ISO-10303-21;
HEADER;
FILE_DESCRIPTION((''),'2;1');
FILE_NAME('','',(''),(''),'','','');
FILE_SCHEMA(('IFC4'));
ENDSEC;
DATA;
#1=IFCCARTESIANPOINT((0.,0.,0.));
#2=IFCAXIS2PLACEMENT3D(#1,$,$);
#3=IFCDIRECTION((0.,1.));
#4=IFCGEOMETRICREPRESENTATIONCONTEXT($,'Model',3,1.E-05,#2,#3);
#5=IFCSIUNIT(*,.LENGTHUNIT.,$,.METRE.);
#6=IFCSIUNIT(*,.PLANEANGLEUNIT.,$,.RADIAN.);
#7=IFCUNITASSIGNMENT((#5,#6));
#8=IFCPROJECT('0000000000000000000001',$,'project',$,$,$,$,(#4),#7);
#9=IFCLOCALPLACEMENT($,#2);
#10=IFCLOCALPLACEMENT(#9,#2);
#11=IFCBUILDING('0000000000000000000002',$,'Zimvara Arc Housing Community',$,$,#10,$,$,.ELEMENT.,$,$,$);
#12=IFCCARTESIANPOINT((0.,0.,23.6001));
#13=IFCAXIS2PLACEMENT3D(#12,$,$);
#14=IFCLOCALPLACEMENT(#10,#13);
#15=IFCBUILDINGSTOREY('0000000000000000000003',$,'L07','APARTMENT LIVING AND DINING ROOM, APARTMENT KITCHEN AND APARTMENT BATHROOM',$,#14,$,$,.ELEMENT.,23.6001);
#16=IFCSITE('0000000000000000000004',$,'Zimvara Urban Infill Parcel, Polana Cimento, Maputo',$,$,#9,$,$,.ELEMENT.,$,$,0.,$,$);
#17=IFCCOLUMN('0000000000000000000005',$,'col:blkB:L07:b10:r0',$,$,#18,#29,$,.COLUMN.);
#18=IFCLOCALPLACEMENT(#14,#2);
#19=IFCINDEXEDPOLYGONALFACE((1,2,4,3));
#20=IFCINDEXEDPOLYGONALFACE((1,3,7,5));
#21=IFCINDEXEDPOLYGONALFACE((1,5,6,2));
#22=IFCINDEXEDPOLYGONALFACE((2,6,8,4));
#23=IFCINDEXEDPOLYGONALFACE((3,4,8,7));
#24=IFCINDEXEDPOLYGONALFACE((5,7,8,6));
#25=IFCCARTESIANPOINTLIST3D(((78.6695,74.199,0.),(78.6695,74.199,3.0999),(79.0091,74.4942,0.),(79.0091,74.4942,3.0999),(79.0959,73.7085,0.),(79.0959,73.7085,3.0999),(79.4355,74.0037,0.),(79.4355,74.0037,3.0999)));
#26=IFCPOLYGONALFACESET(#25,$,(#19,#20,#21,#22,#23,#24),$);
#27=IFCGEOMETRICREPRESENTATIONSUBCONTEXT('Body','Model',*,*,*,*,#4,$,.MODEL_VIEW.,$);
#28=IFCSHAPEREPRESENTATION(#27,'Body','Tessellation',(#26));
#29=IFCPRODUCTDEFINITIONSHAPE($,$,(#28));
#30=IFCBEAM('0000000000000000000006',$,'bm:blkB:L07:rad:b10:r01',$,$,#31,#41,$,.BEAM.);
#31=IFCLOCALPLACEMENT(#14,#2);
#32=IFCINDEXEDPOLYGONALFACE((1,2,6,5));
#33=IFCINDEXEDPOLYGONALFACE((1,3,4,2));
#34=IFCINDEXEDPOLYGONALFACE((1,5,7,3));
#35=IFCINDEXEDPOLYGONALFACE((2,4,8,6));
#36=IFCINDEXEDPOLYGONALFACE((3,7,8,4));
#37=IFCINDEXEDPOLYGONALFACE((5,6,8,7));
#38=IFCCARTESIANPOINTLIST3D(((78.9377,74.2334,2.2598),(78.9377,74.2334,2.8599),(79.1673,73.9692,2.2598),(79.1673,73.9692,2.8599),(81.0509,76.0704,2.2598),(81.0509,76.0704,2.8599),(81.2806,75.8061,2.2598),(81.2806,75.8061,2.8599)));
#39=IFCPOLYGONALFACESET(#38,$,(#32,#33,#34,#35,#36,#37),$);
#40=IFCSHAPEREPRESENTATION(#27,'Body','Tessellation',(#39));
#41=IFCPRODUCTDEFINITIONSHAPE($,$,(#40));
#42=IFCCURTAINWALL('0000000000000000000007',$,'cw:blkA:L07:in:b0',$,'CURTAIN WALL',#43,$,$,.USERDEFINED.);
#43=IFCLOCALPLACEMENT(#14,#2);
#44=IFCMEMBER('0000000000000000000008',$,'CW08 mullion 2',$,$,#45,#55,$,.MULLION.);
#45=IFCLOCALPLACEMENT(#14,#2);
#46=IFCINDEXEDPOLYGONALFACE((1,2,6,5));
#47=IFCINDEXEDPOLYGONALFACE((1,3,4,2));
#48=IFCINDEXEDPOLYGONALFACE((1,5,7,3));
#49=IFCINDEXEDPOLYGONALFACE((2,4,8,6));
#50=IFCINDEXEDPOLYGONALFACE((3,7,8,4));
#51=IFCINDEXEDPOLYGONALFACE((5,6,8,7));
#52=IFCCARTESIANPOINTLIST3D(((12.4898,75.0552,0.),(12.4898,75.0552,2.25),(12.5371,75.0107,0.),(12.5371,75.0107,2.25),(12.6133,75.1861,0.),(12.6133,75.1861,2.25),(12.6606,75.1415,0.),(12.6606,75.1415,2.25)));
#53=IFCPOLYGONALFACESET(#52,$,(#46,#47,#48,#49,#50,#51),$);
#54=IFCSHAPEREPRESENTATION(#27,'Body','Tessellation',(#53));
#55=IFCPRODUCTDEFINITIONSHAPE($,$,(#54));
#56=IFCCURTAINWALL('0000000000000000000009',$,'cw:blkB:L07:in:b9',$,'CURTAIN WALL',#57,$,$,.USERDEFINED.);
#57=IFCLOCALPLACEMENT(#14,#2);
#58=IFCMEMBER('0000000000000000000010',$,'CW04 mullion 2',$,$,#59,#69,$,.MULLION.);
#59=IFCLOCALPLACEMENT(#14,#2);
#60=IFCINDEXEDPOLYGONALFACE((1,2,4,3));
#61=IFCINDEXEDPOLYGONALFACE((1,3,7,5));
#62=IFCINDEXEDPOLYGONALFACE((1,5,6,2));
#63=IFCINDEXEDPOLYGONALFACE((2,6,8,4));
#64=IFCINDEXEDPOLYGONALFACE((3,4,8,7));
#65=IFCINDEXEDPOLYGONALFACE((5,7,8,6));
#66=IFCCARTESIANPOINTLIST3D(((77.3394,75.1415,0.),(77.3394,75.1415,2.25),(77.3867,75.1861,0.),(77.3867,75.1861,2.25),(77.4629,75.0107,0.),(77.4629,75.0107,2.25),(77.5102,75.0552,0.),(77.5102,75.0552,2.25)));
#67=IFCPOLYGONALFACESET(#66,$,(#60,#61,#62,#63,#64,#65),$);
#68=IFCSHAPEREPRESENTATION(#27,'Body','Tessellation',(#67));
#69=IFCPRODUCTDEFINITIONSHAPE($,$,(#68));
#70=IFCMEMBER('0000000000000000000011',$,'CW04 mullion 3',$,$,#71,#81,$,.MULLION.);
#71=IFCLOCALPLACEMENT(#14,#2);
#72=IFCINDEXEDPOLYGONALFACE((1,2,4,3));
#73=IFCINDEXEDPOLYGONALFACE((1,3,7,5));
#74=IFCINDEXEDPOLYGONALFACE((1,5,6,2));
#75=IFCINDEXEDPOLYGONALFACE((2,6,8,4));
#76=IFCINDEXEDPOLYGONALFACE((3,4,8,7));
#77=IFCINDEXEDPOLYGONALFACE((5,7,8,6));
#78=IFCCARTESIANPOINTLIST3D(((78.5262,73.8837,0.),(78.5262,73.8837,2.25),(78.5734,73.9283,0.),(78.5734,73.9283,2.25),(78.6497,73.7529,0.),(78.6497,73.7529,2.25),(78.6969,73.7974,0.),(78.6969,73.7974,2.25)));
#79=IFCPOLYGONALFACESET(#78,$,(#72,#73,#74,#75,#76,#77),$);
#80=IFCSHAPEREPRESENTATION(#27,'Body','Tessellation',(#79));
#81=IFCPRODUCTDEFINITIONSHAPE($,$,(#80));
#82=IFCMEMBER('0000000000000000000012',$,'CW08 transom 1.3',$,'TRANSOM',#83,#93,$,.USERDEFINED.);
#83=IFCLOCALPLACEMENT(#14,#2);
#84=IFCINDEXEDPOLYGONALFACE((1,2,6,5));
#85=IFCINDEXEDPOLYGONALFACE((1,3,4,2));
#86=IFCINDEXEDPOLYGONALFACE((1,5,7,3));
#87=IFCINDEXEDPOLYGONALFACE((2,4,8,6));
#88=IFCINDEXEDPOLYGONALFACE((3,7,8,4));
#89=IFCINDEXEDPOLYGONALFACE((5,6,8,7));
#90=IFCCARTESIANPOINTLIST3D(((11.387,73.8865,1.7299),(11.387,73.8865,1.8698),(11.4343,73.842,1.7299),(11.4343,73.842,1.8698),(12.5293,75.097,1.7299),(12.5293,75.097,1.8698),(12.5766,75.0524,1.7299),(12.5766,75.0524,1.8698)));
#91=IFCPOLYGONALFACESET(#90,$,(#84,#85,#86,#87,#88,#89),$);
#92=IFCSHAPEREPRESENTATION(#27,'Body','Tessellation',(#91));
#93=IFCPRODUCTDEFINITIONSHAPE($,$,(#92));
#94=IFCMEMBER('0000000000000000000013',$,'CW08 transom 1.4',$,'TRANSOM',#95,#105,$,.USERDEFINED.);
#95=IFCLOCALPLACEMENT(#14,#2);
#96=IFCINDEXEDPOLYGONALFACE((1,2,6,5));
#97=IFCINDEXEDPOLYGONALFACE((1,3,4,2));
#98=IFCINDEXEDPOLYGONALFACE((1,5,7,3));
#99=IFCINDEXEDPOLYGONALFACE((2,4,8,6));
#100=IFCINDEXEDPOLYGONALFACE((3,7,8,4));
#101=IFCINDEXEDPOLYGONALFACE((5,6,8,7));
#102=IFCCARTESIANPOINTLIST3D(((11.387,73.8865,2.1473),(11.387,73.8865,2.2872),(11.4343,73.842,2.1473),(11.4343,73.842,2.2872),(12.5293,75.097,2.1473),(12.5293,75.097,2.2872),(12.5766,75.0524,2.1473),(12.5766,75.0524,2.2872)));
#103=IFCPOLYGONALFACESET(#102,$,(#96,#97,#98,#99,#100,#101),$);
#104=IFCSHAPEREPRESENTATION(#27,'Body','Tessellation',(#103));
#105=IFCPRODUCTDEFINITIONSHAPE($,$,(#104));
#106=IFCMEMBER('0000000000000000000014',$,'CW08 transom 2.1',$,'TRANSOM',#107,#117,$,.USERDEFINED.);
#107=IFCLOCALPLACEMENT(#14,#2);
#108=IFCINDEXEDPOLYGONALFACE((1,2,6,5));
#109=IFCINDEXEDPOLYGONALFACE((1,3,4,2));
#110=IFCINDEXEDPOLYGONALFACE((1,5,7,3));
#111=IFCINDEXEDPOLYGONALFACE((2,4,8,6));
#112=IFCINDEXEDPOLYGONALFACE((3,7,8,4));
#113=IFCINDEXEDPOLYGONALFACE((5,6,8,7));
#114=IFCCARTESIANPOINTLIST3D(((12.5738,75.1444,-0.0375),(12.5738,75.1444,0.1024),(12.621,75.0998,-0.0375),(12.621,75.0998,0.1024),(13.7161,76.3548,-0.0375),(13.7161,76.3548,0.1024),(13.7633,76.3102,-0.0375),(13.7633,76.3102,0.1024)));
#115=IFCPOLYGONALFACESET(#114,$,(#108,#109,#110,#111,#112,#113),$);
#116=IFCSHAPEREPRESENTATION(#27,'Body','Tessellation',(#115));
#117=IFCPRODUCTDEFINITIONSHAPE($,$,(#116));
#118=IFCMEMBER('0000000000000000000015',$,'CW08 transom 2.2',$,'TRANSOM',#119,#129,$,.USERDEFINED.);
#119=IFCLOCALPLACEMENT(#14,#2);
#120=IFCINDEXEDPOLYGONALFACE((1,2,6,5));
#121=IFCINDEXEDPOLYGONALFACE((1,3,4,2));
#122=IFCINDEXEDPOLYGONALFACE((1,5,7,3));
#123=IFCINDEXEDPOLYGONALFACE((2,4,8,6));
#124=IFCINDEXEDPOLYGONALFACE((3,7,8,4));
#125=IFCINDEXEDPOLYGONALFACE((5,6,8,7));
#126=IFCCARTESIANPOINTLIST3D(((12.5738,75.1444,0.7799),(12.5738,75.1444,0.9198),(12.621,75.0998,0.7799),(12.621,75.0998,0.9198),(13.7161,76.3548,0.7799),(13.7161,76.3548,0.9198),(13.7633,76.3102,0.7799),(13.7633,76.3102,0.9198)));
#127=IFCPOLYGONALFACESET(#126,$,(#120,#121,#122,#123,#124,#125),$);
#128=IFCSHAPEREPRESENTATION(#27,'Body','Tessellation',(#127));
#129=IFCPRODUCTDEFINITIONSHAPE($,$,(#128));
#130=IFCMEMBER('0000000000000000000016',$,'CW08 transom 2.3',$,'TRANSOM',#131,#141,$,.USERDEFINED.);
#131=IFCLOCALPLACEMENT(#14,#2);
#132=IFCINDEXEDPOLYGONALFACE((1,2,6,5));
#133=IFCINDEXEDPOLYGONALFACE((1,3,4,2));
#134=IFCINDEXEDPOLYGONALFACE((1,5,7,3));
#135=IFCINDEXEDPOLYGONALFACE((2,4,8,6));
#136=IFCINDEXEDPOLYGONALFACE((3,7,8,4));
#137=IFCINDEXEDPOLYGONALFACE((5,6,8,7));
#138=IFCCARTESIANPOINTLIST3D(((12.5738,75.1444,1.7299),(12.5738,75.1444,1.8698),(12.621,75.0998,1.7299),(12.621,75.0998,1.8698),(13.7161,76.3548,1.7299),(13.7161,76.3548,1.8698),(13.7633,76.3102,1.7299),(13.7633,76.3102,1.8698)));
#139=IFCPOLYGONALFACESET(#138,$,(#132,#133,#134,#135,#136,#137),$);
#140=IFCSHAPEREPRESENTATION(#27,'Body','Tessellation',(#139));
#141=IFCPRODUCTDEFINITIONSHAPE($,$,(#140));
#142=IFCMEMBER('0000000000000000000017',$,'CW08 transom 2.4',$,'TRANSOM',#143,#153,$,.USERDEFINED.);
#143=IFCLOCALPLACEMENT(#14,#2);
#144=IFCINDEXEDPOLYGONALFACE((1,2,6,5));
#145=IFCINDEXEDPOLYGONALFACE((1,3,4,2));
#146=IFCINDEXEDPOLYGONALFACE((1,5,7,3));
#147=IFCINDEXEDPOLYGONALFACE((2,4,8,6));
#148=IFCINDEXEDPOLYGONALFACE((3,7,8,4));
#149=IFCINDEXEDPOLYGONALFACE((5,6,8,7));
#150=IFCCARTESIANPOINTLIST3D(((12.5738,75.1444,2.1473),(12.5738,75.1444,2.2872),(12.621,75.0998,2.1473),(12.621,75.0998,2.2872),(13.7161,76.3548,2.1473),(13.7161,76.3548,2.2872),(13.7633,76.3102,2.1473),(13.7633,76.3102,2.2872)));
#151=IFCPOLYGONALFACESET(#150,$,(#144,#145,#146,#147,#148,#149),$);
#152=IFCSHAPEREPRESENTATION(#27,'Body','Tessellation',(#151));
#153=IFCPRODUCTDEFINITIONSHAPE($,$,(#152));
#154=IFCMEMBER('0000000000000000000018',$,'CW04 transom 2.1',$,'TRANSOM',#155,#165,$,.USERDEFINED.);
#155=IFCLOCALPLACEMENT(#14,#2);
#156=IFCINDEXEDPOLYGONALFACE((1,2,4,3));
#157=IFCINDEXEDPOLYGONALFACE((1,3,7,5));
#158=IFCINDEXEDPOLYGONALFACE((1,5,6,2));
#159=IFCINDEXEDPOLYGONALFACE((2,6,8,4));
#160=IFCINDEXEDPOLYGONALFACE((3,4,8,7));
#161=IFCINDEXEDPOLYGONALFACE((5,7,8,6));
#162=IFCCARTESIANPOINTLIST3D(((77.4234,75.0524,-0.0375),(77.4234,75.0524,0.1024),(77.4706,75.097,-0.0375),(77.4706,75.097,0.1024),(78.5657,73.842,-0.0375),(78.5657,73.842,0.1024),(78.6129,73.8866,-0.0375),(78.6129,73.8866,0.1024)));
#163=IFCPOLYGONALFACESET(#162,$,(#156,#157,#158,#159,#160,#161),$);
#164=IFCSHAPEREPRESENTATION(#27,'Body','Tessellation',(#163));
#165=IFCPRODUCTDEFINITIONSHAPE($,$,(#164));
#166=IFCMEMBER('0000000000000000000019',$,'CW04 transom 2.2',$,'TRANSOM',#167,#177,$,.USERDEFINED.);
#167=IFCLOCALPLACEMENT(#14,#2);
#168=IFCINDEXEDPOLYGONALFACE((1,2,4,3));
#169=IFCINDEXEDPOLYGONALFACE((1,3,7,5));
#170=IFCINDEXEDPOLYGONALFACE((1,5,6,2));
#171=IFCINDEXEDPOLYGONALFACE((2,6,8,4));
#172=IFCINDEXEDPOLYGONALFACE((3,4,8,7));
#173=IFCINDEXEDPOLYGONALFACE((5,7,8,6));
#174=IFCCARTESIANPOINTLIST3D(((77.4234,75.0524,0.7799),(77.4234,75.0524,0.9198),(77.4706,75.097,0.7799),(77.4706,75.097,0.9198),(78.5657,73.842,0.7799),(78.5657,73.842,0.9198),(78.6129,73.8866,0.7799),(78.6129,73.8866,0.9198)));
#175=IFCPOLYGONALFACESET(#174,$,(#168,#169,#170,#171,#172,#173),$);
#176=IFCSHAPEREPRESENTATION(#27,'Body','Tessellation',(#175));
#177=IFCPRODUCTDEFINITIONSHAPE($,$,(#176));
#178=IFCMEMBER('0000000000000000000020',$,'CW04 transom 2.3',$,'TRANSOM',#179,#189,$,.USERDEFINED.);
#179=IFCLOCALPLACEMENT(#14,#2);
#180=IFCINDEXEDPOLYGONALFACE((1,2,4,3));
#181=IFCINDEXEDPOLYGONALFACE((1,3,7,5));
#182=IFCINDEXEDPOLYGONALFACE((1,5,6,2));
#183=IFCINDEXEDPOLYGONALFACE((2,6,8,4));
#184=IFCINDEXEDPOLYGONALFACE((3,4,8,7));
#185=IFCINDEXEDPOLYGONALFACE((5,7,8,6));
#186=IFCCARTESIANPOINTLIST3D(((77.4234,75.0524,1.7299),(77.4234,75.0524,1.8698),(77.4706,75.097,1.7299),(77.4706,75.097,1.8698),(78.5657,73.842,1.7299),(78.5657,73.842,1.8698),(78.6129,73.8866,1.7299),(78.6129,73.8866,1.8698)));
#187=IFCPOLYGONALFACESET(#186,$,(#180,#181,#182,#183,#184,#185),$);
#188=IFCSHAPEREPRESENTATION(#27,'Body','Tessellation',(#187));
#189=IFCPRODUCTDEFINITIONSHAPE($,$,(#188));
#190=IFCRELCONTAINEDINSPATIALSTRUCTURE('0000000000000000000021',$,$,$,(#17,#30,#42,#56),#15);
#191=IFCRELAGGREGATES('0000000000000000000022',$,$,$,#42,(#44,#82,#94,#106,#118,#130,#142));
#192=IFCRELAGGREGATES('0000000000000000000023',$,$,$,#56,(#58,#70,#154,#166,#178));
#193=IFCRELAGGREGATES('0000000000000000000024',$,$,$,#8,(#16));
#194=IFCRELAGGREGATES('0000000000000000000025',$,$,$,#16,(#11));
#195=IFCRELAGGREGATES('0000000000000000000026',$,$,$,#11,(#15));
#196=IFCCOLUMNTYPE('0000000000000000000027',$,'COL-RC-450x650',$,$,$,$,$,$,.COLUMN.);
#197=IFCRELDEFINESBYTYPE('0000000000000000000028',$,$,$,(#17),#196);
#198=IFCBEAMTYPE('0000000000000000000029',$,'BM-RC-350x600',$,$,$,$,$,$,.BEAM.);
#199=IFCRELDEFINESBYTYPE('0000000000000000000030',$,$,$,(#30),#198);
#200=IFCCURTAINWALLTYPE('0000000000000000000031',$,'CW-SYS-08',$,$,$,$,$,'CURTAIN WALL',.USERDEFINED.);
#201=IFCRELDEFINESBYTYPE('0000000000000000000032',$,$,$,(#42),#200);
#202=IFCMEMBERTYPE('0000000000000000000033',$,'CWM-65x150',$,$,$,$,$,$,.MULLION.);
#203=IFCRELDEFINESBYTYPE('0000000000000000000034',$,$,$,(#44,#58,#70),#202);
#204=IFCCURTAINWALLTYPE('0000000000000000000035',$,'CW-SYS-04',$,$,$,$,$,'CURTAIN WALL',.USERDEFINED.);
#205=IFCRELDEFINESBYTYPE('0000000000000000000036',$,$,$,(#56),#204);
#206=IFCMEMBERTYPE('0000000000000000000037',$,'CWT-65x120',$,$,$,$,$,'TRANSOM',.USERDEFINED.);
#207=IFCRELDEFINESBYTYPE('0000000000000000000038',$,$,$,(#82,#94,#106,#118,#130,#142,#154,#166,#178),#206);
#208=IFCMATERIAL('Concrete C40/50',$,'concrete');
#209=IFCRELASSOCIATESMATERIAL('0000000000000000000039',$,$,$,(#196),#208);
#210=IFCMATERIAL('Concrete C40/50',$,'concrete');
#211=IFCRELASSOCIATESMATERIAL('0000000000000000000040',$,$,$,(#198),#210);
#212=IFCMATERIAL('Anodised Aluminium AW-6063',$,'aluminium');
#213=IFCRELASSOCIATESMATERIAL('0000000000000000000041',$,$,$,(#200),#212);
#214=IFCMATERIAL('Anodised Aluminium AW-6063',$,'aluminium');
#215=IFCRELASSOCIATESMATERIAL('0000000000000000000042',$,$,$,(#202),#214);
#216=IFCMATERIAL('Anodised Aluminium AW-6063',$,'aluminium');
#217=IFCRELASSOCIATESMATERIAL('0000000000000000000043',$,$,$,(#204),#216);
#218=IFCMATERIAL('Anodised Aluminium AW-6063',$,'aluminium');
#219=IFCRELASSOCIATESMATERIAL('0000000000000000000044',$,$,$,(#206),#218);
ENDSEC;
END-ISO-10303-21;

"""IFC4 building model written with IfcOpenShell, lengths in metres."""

from ifc_helpers import new_model, si_unit, direction, frame, origin, origin_2d, place, context, subcontext, project, spatial, rectangle, extrude, material, material_profile, profile_set, type_object, element, aggregate, save


model = new_model("IFC4")

# Units and contexts
model_context = context("Model", 3, precision=1e-05, world=origin(), true_north=direction((0.0, 1.0)))
body_context = subcontext(model_context, "Body", "Model", "MODEL_VIEW")
ifc_project = project(units=[si_unit("LENGTHUNIT", "METRE"), si_unit("PLANEANGLEUNIT", "RADIAN")], contexts=[model_context])

# Site, building, storey
site_placement = place(None, origin())
site = spatial("IfcSite", under=ifc_project, at=site_placement, Name="Zimvara Urban Infill Parcel, Polana Cimento, Maputo", CompositionType="ELEMENT", RefElevation=0.0)
building_placement = place(site_placement, origin())
building = spatial("IfcBuilding", under=site, at=building_placement, Name="Zimvara Arc Housing Community", CompositionType="ELEMENT")
storey_placement = place(building_placement, frame((0.0, 0.0, 23.6001)))
storey = spatial("IfcBuildingStorey", under=building, at=storey_placement, Name="L07", Description="APARTMENT LIVING AND DINING ROOM, APARTMENT KITCHEN AND APARTMENT BATHROOM", CompositionType="ELEMENT", Elevation=23.6001)

# Column
ifc_material_1 = material(Name="Concrete C40/50", Category="concrete")
ifc_material_profile_1 = material_profile(ifc_material_1, rectangle(XDim=0.45, YDim=0.6499, at=origin_2d()), Name="RC 450x650")
ifc_profile_set_1 = profile_set([ifc_material_profile_1], Name="Concrete C40/50")
column_type = type_object("IfcColumnType", Name="COL-RC-450x650", PredefinedType="COLUMN", material=ifc_profile_set_1)
column_placement = place(storey_placement, frame((79.0525, 74.1013, 0.0), z_axis=(0.0, 0.0, 1.0), x_axis=(0.75471, 0.656059, 0.0)))
element("IfcColumn", 1, at=column_placement, inside=storey, type_object=column_type, Name="col:blkB:L07:b10:r0", PredefinedType="COLUMN", context=body_context, shape_type="SweptSolid", body=[
    extrude(rectangle(XDim=0.45, YDim=0.6499, at=origin_2d()), origin(), (0.0, 0.0, 1.0), 3.0999),
])

# Beam
ifc_material_2 = material(Name="Concrete C40/50", Category="concrete")
ifc_material_profile_2 = material_profile(ifc_material_2, rectangle(XDim=0.3501, YDim=0.6001, at=origin_2d()), Name="RC 350x600")
ifc_profile_set_2 = profile_set([ifc_material_profile_2], Name="Concrete C40/50")
beam_type = type_object("IfcBeamType", Name="BM-RC-350x600", PredefinedType="BEAM", material=ifc_profile_set_2)
beam_placement = place(storey_placement, frame((79.0525, 74.1013, 2.5598), z_axis=(0.754733, 0.656032, 0.0), x_axis=(-0.656032, 0.754733, 0.0)))
element("IfcBeam", 2, at=beam_placement, inside=storey, type_object=beam_type, Name="bm:blkB:L07:rad:b10:r01", PredefinedType="BEAM", context=body_context, shape_type="SweptSolid", body=[
    extrude(rectangle(XDim=0.3501, YDim=0.6001, at=origin_2d()), origin(), (0.0, 0.0, 1.0), 2.8),
])

# Curtain wall, member
ifc_material_3 = material(Name="Anodised Aluminium AW-6063", Category="aluminium")
curtain_wall_type_1 = type_object("IfcCurtainWallType", Name="CW-SYS-08", ElementType="CURTAIN WALL", PredefinedType="USERDEFINED", material=ifc_material_3)
curtain_wall_1_placement = place(storey_placement, origin())
curtain_wall_1 = element("IfcCurtainWall", 3, at=curtain_wall_1_placement, inside=storey, type_object=curtain_wall_type_1, Name="cw:blkA:L07:in:b0", ObjectType="CURTAIN WALL", PredefinedType="USERDEFINED")
ifc_material_4 = material(Name="Anodised Aluminium AW-6063", Category="aluminium")
ifc_material_profile_3 = material_profile(ifc_material_4, rectangle(XDim=0.0649, YDim=0.1799, at=origin_2d()), Name="ALU 65x180")
ifc_profile_set_3 = profile_set([ifc_material_profile_3], Name="Anodised Aluminium AW-6063")
member_type_1 = type_object("IfcMemberType", Name="CWM-65x150", PredefinedType="MULLION", material=ifc_profile_set_3)
member_1_placement = place(storey_placement, frame((12.5752, 75.0984, 0.0), z_axis=(0.0, 0.0, 1.0), x_axis=(-0.727293, 0.686327, 0.0)))
member_1 = element("IfcMember", 4, at=member_1_placement, type_object=member_type_1, Name="CW08 mullion 2", PredefinedType="MULLION", context=body_context, shape_type="SweptSolid", body=[
    extrude(rectangle(XDim=0.0649, YDim=0.1799, at=origin_2d()), origin(), (0.0, 0.0, 1.0), 2.25),
])

# Curtain wall, members
ifc_material_5 = material(Name="Anodised Aluminium AW-6063", Category="aluminium")
curtain_wall_type_2 = type_object("IfcCurtainWallType", Name="CW-SYS-04", ElementType="CURTAIN WALL", PredefinedType="USERDEFINED", material=ifc_material_5)
curtain_wall_2_placement = place(storey_placement, origin())
curtain_wall_2 = element("IfcCurtainWall", 5, at=curtain_wall_2_placement, inside=storey, type_object=curtain_wall_type_2, Name="cw:blkB:L07:in:b9", ObjectType="CURTAIN WALL", PredefinedType="USERDEFINED")
member_2_placement = place(storey_placement, frame((77.4248, 75.0984, 0.0), z_axis=(0.0, 0.0, 1.0), x_axis=(0.727293, 0.686327, 0.0)))
member_2 = element("IfcMember", 6, at=member_2_placement, type_object=member_type_1, Name="CW04 mullion 2", PredefinedType="MULLION", context=body_context, shape_type="SweptSolid", body=[
    extrude(rectangle(XDim=0.0649, YDim=0.1799, at=origin_2d()), origin(), (0.0, 0.0, 1.0), 2.25),
])
member_3_placement = place(storey_placement, frame((78.6116, 73.8406, 0.0), z_axis=(0.0, 0.0, 1.0), x_axis=(0.727293, 0.686327, 0.0)))
member_3 = element("IfcMember", 7, at=member_3_placement, type_object=member_type_1, Name="CW04 mullion 3", PredefinedType="MULLION", context=body_context, shape_type="SweptSolid", body=[
    extrude(rectangle(XDim=0.0649, YDim=0.1799, at=origin_2d()), origin(), (0.0, 0.0, 1.0), 2.25),
])

# Members
ifc_material_6 = material(Name="Anodised Aluminium AW-6063", Category="aluminium")
ifc_material_profile_4 = material_profile(ifc_material_6, rectangle(XDim=0.0649, YDim=0.1399, at=origin_2d()), Name="ALU 65x140")
ifc_profile_set_4 = profile_set([ifc_material_profile_4], Name="Anodised Aluminium AW-6063")
member_type_2 = type_object("IfcMemberType", Name="CWT-65x120", ElementType="TRANSOM", PredefinedType="USERDEFINED", material=ifc_profile_set_4)
member_4_placement = place(storey_placement, frame((11.4106, 73.8643, 1.7998), z_axis=(0.686348, 0.727273, 0.0), x_axis=(-0.727273, 0.686348, 0.0)))
member_4 = element("IfcMember", 8, at=member_4_placement, type_object=member_type_2, Name="CW08 transom 1.3", ObjectType="TRANSOM", PredefinedType="USERDEFINED", context=body_context, shape_type="SweptSolid", body=[
    extrude(rectangle(XDim=0.0649, YDim=0.1399, at=origin_2d()), origin(), (0.0, 0.0, 1.0), 1.6643),
])
member_5_placement = place(storey_placement, frame((11.4106, 73.8643, 2.2173), z_axis=(0.686348, 0.727273, 0.0), x_axis=(-0.727273, 0.686348, 0.0)))
member_5 = element("IfcMember", 9, at=member_5_placement, type_object=member_type_2, Name="CW08 transom 1.4", ObjectType="TRANSOM", PredefinedType="USERDEFINED", context=body_context, shape_type="SweptSolid", body=[
    extrude(rectangle(XDim=0.0649, YDim=0.1399, at=origin_2d()), origin(), (0.0, 0.0, 1.0), 1.6643),
])
member_6_placement = place(storey_placement, frame((12.5974, 75.1221, 0.0325), z_axis=(0.686348, 0.727273, 0.0), x_axis=(-0.727273, 0.686348, 0.0)))
member_6 = element("IfcMember", 10, at=member_6_placement, type_object=member_type_2, Name="CW08 transom 2.1", ObjectType="TRANSOM", PredefinedType="USERDEFINED", context=body_context, shape_type="SweptSolid", body=[
    extrude(rectangle(XDim=0.0649, YDim=0.1399, at=origin_2d()), origin(), (0.0, 0.0, 1.0), 1.6643),
])
member_7_placement = place(storey_placement, frame((12.5974, 75.1221, 0.8499), z_axis=(0.686348, 0.727273, 0.0), x_axis=(-0.727273, 0.686348, 0.0)))
member_7 = element("IfcMember", 11, at=member_7_placement, type_object=member_type_2, Name="CW08 transom 2.2", ObjectType="TRANSOM", PredefinedType="USERDEFINED", context=body_context, shape_type="SweptSolid", body=[
    extrude(rectangle(XDim=0.0649, YDim=0.1399, at=origin_2d()), origin(), (0.0, 0.0, 1.0), 1.6643),
])
member_8_placement = place(storey_placement, frame((12.5974, 75.1221, 1.7998), z_axis=(0.686348, 0.727273, 0.0), x_axis=(-0.727273, 0.686348, 0.0)))
member_8 = element("IfcMember", 12, at=member_8_placement, type_object=member_type_2, Name="CW08 transom 2.3", ObjectType="TRANSOM", PredefinedType="USERDEFINED", context=body_context, shape_type="SweptSolid", body=[
    extrude(rectangle(XDim=0.0649, YDim=0.1399, at=origin_2d()), origin(), (0.0, 0.0, 1.0), 1.6643),
])
member_9_placement = place(storey_placement, frame((12.5974, 75.1221, 2.2173), z_axis=(0.686348, 0.727273, 0.0), x_axis=(-0.727273, 0.686348, 0.0)))
member_9 = element("IfcMember", 13, at=member_9_placement, type_object=member_type_2, Name="CW08 transom 2.4", ObjectType="TRANSOM", PredefinedType="USERDEFINED", context=body_context, shape_type="SweptSolid", body=[
    extrude(rectangle(XDim=0.0649, YDim=0.1399, at=origin_2d()), origin(), (0.0, 0.0, 1.0), 1.6643),
])
member_10_placement = place(storey_placement, frame((77.447, 75.0747, 0.0325), z_axis=(0.686348, -0.727273, 0.0), x_axis=(0.727273, 0.686348, 0.0)))
member_10 = element("IfcMember", 14, at=member_10_placement, type_object=member_type_2, Name="CW04 transom 2.1", ObjectType="TRANSOM", PredefinedType="USERDEFINED", context=body_context, shape_type="SweptSolid", body=[
    extrude(rectangle(XDim=0.0649, YDim=0.1399, at=origin_2d()), origin(), (0.0, 0.0, 1.0), 1.6643),
])
member_11_placement = place(storey_placement, frame((77.447, 75.0747, 0.8499), z_axis=(0.686348, -0.727273, 0.0), x_axis=(0.727273, 0.686348, 0.0)))
member_11 = element("IfcMember", 15, at=member_11_placement, type_object=member_type_2, Name="CW04 transom 2.2", ObjectType="TRANSOM", PredefinedType="USERDEFINED", context=body_context, shape_type="SweptSolid", body=[
    extrude(rectangle(XDim=0.0649, YDim=0.1399, at=origin_2d()), origin(), (0.0, 0.0, 1.0), 1.6643),
])
member_12_placement = place(storey_placement, frame((77.447, 75.0747, 1.7998), z_axis=(0.686348, -0.727273, 0.0), x_axis=(0.727273, 0.686348, 0.0)))
member_12 = element("IfcMember", 16, at=member_12_placement, type_object=member_type_2, Name="CW04 transom 2.3", ObjectType="TRANSOM", PredefinedType="USERDEFINED", context=body_context, shape_type="SweptSolid", body=[
    extrude(rectangle(XDim=0.0649, YDim=0.1399, at=origin_2d()), origin(), (0.0, 0.0, 1.0), 1.6643),
])

aggregate(curtain_wall_1, [member_1, member_4, member_5, member_6, member_7, member_8, member_9])
aggregate(curtain_wall_2, [member_2, member_3, member_10, member_11, member_12])

save(model, "model.ifc")
